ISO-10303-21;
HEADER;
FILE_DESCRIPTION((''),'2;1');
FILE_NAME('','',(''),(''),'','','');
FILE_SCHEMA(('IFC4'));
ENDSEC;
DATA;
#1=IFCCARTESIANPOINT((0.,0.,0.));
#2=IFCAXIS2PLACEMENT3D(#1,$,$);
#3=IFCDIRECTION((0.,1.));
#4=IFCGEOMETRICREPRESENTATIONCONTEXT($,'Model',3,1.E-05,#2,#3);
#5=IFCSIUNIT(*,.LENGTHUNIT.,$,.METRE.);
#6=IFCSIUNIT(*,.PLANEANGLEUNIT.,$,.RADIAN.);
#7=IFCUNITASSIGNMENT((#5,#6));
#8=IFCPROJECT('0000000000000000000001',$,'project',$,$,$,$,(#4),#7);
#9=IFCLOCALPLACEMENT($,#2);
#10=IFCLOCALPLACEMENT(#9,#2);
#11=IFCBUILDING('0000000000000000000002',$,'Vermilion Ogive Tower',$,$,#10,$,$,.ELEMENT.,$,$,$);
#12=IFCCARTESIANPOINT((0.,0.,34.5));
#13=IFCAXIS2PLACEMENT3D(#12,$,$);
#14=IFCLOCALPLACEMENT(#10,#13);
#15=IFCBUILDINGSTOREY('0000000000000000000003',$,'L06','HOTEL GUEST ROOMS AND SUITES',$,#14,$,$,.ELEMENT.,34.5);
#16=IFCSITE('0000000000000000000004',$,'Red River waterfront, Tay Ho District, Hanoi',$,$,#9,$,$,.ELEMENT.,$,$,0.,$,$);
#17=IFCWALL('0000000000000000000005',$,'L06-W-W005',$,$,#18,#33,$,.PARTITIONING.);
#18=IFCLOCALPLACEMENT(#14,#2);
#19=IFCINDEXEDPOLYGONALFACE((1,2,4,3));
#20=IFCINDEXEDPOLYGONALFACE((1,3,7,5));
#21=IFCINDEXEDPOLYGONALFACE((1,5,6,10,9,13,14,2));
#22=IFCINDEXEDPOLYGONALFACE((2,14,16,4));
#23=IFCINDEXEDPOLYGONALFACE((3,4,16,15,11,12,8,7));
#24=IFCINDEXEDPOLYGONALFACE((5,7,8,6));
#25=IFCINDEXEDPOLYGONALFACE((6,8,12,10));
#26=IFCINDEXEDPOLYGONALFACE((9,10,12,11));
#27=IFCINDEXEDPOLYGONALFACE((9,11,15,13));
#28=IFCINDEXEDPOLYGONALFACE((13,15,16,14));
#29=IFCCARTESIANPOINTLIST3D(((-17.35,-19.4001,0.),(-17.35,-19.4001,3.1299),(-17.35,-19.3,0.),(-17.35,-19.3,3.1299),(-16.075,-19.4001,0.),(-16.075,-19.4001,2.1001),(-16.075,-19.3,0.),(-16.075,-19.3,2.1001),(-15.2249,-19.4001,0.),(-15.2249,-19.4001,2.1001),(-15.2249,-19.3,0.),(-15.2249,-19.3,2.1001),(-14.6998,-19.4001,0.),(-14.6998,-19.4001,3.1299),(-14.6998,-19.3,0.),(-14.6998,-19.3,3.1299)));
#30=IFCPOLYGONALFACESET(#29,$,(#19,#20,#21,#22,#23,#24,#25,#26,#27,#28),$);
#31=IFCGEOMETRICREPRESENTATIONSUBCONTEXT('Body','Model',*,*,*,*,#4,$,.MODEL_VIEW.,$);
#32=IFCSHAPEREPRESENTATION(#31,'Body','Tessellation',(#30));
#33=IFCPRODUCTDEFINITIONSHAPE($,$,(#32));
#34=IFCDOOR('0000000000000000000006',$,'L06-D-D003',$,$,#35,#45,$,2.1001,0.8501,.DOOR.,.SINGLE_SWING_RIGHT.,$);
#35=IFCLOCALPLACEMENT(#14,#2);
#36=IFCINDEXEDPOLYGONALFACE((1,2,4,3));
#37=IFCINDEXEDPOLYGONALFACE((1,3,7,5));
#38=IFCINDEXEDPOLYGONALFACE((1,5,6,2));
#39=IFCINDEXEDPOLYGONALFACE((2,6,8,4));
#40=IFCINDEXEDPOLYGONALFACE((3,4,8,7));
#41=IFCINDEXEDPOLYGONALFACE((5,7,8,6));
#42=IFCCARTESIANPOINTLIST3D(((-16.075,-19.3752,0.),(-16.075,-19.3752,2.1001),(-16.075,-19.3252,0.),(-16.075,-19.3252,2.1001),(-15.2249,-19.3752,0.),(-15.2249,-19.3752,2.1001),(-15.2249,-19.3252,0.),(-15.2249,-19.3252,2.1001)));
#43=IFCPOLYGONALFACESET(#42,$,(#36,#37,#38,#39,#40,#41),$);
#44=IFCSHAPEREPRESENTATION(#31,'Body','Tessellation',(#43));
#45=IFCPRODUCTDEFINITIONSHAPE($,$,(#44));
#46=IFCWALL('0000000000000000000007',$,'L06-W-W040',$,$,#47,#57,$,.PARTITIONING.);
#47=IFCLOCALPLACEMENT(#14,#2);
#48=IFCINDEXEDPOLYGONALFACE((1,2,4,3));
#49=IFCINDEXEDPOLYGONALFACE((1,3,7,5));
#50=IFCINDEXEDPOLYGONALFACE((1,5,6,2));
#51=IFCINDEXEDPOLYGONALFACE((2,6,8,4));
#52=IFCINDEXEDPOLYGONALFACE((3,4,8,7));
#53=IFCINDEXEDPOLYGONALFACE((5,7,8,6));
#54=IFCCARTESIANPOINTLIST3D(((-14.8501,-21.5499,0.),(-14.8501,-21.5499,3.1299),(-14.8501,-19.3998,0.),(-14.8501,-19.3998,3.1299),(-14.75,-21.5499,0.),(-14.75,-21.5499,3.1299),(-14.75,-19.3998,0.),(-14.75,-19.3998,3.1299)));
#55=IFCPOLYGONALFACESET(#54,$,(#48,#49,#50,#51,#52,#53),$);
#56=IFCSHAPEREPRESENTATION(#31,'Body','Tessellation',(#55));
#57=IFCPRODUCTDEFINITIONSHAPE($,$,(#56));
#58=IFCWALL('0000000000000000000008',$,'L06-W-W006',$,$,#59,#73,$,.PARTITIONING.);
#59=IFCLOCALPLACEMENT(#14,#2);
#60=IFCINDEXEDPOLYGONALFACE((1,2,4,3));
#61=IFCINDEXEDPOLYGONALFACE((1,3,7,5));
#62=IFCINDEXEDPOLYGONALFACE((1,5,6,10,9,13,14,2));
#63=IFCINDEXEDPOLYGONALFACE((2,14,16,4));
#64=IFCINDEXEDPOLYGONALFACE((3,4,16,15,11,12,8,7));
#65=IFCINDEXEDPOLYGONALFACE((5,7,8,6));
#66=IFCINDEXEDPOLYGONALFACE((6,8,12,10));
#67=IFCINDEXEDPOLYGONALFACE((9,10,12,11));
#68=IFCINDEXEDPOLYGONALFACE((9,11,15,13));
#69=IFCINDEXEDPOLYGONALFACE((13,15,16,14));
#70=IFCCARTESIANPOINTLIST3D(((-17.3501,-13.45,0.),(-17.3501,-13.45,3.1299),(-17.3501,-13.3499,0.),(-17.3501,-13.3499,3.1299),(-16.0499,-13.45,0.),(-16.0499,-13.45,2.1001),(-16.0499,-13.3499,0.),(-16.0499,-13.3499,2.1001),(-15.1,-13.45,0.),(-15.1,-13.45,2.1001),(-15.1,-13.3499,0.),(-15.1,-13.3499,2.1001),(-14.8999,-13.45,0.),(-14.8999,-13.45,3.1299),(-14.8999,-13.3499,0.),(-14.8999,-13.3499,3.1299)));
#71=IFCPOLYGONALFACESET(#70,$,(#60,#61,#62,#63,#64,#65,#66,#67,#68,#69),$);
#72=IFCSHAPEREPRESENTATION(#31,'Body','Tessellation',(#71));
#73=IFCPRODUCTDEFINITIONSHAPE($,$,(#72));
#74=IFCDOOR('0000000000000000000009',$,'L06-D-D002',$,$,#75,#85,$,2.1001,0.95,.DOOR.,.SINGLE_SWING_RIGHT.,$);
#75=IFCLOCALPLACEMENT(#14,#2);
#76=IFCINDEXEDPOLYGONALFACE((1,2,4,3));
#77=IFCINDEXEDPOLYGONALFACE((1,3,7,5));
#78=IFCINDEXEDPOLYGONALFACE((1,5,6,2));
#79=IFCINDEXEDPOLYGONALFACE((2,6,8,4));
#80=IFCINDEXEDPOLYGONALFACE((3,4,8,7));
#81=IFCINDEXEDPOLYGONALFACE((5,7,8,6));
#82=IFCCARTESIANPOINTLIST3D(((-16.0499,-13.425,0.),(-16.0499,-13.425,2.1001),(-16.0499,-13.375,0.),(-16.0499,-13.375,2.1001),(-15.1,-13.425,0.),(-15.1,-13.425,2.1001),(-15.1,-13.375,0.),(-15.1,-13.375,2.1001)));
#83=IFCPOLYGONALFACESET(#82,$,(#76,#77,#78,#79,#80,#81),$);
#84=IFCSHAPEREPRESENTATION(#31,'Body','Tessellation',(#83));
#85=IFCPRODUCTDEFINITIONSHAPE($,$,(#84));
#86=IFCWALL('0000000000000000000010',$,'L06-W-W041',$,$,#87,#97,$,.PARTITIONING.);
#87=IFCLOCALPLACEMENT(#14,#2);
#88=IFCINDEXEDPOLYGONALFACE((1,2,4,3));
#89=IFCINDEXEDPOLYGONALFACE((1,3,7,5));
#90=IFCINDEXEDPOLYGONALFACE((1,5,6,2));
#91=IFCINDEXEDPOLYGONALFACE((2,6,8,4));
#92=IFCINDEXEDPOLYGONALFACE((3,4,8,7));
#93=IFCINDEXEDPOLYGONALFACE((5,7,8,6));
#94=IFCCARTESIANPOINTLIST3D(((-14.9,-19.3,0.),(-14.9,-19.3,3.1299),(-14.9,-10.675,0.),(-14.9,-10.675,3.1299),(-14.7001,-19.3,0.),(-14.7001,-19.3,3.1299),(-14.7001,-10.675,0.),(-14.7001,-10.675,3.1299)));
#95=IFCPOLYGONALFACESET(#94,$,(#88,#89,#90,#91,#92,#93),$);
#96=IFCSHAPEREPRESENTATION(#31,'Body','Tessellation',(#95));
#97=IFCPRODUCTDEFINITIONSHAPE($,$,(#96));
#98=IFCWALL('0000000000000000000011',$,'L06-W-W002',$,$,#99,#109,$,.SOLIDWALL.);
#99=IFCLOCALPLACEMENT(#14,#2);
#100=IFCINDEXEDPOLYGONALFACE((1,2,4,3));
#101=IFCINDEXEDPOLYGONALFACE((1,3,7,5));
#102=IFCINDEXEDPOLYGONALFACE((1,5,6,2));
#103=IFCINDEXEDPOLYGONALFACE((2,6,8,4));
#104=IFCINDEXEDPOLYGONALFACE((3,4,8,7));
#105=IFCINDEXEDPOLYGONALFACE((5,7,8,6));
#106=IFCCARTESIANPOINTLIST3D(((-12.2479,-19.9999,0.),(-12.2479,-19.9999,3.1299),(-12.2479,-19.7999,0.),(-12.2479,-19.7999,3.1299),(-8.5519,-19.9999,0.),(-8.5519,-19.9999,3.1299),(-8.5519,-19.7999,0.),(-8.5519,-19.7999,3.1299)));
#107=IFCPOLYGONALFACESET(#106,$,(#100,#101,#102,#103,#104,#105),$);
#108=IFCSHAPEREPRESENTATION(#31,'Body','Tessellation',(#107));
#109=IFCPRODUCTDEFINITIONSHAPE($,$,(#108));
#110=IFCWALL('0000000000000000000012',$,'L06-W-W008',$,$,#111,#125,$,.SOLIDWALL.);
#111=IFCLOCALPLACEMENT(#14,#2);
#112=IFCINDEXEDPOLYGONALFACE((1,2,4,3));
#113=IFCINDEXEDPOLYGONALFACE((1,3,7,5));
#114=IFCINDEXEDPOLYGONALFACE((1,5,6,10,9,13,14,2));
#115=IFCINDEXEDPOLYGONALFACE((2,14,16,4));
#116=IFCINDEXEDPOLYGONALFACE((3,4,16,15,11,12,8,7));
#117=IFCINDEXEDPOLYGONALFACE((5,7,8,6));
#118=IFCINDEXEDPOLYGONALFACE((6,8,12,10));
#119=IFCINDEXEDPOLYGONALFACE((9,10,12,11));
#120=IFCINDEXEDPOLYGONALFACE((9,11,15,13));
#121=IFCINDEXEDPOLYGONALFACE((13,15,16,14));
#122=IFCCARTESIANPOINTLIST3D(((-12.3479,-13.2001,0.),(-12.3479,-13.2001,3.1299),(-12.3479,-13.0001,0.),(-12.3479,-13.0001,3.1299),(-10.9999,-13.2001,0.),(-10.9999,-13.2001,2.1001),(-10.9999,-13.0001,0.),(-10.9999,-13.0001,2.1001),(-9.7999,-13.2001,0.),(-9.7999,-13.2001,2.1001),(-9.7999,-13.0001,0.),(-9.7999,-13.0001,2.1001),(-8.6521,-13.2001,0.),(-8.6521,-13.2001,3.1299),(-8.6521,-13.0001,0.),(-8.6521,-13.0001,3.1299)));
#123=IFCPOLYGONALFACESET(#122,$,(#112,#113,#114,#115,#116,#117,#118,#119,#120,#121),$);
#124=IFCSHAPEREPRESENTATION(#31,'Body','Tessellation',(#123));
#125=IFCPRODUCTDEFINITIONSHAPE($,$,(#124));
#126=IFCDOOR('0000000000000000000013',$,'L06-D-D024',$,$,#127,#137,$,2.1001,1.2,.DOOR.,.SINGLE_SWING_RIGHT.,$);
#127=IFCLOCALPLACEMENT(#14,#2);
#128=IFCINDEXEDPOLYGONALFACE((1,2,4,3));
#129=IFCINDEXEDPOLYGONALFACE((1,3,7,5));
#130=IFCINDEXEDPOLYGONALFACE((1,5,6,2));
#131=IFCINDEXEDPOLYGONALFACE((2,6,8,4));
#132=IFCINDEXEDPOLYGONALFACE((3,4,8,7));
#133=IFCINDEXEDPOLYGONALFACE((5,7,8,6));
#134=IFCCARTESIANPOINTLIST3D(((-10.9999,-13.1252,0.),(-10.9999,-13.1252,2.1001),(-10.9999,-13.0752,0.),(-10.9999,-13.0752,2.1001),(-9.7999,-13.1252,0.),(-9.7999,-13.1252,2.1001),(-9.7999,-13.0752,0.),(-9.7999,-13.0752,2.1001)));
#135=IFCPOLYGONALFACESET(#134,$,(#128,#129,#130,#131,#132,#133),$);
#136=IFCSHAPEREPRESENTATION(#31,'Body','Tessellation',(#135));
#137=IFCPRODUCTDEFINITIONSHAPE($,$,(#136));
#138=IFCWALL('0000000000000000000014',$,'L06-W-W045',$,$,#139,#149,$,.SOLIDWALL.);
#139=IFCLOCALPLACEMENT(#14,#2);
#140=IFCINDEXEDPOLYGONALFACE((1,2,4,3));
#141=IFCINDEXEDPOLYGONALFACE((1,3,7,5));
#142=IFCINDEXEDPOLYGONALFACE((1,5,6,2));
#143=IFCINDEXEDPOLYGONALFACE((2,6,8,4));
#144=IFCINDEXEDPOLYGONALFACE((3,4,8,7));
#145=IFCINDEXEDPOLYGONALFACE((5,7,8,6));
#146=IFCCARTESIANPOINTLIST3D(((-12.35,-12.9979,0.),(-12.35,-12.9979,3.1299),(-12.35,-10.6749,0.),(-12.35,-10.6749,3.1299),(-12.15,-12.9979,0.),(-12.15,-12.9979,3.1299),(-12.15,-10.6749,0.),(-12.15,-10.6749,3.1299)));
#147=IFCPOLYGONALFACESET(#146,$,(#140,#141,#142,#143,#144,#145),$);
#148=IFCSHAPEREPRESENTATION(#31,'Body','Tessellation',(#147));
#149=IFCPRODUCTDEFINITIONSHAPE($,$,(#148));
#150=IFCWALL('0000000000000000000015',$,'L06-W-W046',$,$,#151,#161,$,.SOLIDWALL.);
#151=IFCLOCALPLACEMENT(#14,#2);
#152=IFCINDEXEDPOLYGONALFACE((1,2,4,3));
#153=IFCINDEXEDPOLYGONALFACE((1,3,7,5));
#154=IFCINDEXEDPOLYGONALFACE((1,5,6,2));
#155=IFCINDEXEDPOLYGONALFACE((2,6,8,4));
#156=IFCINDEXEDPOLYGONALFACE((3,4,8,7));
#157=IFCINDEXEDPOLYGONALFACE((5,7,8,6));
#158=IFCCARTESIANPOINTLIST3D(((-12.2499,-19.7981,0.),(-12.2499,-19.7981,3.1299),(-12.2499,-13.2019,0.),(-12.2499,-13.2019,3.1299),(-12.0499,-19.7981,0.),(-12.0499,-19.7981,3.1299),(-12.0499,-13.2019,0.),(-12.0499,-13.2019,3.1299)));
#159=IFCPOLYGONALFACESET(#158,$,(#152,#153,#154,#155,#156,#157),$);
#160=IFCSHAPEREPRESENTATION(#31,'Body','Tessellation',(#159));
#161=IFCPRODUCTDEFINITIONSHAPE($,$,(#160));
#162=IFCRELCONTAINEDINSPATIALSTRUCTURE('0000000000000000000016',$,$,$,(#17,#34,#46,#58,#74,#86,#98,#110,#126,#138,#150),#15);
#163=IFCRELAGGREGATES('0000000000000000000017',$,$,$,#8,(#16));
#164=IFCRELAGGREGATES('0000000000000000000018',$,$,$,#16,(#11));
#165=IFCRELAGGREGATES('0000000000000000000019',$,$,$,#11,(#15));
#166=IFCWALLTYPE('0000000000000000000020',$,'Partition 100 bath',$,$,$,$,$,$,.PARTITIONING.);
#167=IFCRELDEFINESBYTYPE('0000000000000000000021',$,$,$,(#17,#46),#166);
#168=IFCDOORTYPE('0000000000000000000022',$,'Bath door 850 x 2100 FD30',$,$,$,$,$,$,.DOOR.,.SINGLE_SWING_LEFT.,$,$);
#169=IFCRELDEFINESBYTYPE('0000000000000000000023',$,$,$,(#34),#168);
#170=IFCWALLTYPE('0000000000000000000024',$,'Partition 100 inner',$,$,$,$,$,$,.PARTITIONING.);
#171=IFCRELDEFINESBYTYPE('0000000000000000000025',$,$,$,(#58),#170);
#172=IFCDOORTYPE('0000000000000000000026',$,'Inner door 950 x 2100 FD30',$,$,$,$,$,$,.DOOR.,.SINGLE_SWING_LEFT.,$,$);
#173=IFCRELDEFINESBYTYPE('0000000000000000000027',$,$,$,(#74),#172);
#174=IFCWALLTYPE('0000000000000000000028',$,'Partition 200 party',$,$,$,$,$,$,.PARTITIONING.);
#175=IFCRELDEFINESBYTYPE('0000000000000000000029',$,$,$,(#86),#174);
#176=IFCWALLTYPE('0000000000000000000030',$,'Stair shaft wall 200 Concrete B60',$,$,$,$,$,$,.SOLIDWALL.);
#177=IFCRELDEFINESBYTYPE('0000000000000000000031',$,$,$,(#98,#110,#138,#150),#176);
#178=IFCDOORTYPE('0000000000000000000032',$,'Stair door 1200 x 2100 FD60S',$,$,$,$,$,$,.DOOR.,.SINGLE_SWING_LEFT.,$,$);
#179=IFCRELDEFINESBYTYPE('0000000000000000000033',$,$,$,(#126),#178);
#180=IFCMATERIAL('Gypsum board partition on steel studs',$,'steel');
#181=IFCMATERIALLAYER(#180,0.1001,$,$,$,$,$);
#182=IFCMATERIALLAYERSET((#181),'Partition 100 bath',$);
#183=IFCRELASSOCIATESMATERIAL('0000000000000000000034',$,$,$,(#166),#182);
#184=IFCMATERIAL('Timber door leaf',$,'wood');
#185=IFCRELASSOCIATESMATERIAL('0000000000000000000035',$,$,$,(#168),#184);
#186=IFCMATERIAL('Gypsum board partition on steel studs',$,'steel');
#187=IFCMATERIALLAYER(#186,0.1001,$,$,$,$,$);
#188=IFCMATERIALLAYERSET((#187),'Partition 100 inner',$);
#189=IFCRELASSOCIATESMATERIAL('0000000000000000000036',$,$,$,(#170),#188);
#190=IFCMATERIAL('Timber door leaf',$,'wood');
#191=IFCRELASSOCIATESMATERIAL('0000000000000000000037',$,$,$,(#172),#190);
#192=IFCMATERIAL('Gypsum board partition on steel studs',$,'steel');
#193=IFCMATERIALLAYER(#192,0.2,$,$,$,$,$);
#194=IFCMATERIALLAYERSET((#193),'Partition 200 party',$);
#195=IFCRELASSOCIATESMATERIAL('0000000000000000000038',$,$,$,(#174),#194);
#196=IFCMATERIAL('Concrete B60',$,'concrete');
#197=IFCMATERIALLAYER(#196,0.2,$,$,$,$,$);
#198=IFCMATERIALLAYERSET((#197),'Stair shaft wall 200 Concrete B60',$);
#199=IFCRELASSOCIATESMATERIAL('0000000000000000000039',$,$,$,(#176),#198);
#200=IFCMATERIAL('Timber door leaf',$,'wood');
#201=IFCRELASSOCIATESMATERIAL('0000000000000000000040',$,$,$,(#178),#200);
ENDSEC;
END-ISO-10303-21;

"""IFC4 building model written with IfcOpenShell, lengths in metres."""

from ifc_helpers import new_model, si_unit, direction, frame, frame_2d, origin, place, context, subcontext, project, spatial, rectangle, extrude, material, layer, layer_set, type_object, element, fill, save


model = new_model("IFC4")

# Units and contexts
model_context = context("Model", 3, precision=1e-05, world=origin(), true_north=direction((0.0, 1.0)))
body_context = subcontext(model_context, "Body", "Model", "MODEL_VIEW")
ifc_project = project(units=[si_unit("LENGTHUNIT", "METRE"), si_unit("PLANEANGLEUNIT", "RADIAN")], contexts=[model_context])

# Site, building, storey
site_placement = place(None, origin())
site = spatial("IfcSite", under=ifc_project, at=site_placement, Name="Red River waterfront, Tay Ho District, Hanoi", CompositionType="ELEMENT", RefElevation=0.0)
building_placement = place(site_placement, origin())
building = spatial("IfcBuilding", under=site, at=building_placement, Name="Vermilion Ogive Tower", CompositionType="ELEMENT")
storey_placement = place(building_placement, frame((0.0, 0.0, 34.5)))
storey = spatial("IfcBuildingStorey", under=building, at=storey_placement, Name="L06", Description="HOTEL GUEST ROOMS AND SUITES", CompositionType="ELEMENT", Elevation=34.5)

# Wall, opening, door
ifc_material_1 = material(Name="Gypsum board partition on steel studs", Category="steel")
ifc_layer_1 = layer(ifc_material_1, 0.1001)
ifc_layer_set_1 = layer_set([ifc_layer_1], Name="Partition 100 bath")
wall_type_1 = type_object("IfcWallType", Name="Partition 100 bath", PredefinedType="PARTITIONING", material=ifc_layer_set_1)
wall_1_placement = place(storey_placement, frame((-17.3501, -19.3501, 0.0), z_axis=(0.0, 0.0, 1.0), x_axis=(1.0, 0.0, 0.0)))
wall_1 = element("IfcWall", 1, at=wall_1_placement, inside=storey, type_object=wall_type_1, Name="L06-W-W005", PredefinedType="PARTITIONING", context=body_context, shape_type="SweptSolid", body=[
    extrude(rectangle(XDim=2.6501, YDim=0.1001, at=frame_2d((1.3252, 0.0))), origin(), (0.0, 0.0, 1.0), 3.1299),
])
opening_1_placement = place(wall_1_placement, frame((1.2751, 0.0, 0.0)))
opening_1 = element("IfcOpeningElement", 2, at=opening_1_placement, cuts=wall_1, PredefinedType="OPENING", context=body_context, shape_type="SweptSolid", body=[
    extrude(rectangle(XDim=0.8501, YDim=2.1001, at=frame_2d((0.425, 1.05))), frame((0.0, 0.0601, 0.0), z_axis=(0.0, -1.0, 0.0), x_axis=(1.0, 0.0, 0.0)), (0.0, 0.0, 1.0), 0.1201),
])
ifc_material_2 = material(Name="Timber door leaf", Category="wood")
door_type_1 = type_object("IfcDoorType", Name="Bath door 850 x 2100 FD30", OperationType="SINGLE_SWING_LEFT", PredefinedType="DOOR", material=ifc_material_2)
door_1_placement = place(opening_1_placement, origin())
door_1 = element("IfcDoor", 3, at=door_1_placement, inside=storey, type_object=door_type_1, Name="L06-D-D003", OperationType="SINGLE_SWING_RIGHT", OverallHeight=2.1001, OverallWidth=0.8501, PredefinedType="DOOR", context=body_context, shape_type="SweptSolid", body=[
    extrude(rectangle(XDim=0.8501, YDim=2.1001, at=frame_2d((0.425, 1.05))), frame((0.0, 0.0249, 0.0), z_axis=(0.0, -1.0, 0.0), x_axis=(1.0, 0.0, 0.0)), (0.0, 0.0, 1.0), 0.05),
])
fill(opening_1, door_1)

# Wall
wall_2_placement = place(storey_placement, frame((-14.8, -21.55, 0.0), z_axis=(0.0, 0.0, 1.0), x_axis=(0.0, 1.0, 0.0)))
element("IfcWall", 4, at=wall_2_placement, inside=storey, type_object=wall_type_1, Name="L06-W-W040", PredefinedType="PARTITIONING", context=body_context, shape_type="SweptSolid", body=[
    extrude(rectangle(XDim=2.1501, YDim=0.1001, at=frame_2d((1.0752, 0.0))), origin(), (0.0, 0.0, 1.0), 3.1299),
])

# Wall, opening, door
ifc_material_3 = material(Name="Gypsum board partition on steel studs", Category="steel")
ifc_layer_2 = layer(ifc_material_3, 0.1001)
ifc_layer_set_2 = layer_set([ifc_layer_2], Name="Partition 100 inner")
wall_type_2 = type_object("IfcWallType", Name="Partition 100 inner", PredefinedType="PARTITIONING", material=ifc_layer_set_2)
wall_3_placement = place(storey_placement, frame((-17.3501, -13.3999, 0.0), z_axis=(0.0, 0.0, 1.0), x_axis=(1.0, 0.0, 0.0)))
wall_3 = element("IfcWall", 5, at=wall_3_placement, inside=storey, type_object=wall_type_2, Name="L06-W-W006", PredefinedType="PARTITIONING", context=body_context, shape_type="SweptSolid", body=[
    extrude(rectangle(XDim=2.4502, YDim=0.1001, at=frame_2d((1.2251, 0.0))), origin(), (0.0, 0.0, 1.0), 3.1299),
])
opening_2_placement = place(wall_3_placement, frame((1.3, 0.0, 0.0)))
opening_2 = element("IfcOpeningElement", 6, at=opening_2_placement, cuts=wall_3, PredefinedType="OPENING", context=body_context, shape_type="SweptSolid", body=[
    extrude(rectangle(XDim=0.95, YDim=2.1001, at=frame_2d((0.4751, 1.05))), frame((0.0, 0.0601, 0.0), z_axis=(0.0, -1.0, 0.0), x_axis=(1.0, 0.0, 0.0)), (0.0, 0.0, 1.0), 0.1201),
])
ifc_material_4 = material(Name="Timber door leaf", Category="wood")
door_type_2 = type_object("IfcDoorType", Name="Inner door 950 x 2100 FD30", OperationType="SINGLE_SWING_LEFT", PredefinedType="DOOR", material=ifc_material_4)
door_2_placement = place(opening_2_placement, origin())
door_2 = element("IfcDoor", 7, at=door_2_placement, inside=storey, type_object=door_type_2, Name="L06-D-D002", OperationType="SINGLE_SWING_RIGHT", OverallHeight=2.1001, OverallWidth=0.95, PredefinedType="DOOR", context=body_context, shape_type="SweptSolid", body=[
    extrude(rectangle(XDim=0.95, YDim=2.1001, at=frame_2d((0.4751, 1.05))), frame((0.0, 0.0249, 0.0), z_axis=(0.0, -1.0, 0.0), x_axis=(1.0, 0.0, 0.0)), (0.0, 0.0, 1.0), 0.05),
])
fill(opening_2, door_2)

# Walls
ifc_material_5 = material(Name="Gypsum board partition on steel studs", Category="steel")
ifc_layer_3 = layer(ifc_material_5, 0.2)
ifc_layer_set_3 = layer_set([ifc_layer_3], Name="Partition 200 party")
wall_type_3 = type_object("IfcWallType", Name="Partition 200 party", PredefinedType="PARTITIONING", material=ifc_layer_set_3)
wall_4_placement = place(storey_placement, frame((-14.8, -19.3, 0.0), z_axis=(0.0, 0.0, 1.0), x_axis=(0.0, 1.0, 0.0)))
element("IfcWall", 8, at=wall_4_placement, inside=storey, type_object=wall_type_3, Name="L06-W-W041", PredefinedType="PARTITIONING", context=body_context, shape_type="SweptSolid", body=[
    extrude(rectangle(XDim=8.625, YDim=0.2, at=frame_2d((4.3125, 0.0))), origin(), (0.0, 0.0, 1.0), 3.1299),
])
ifc_material_6 = material(Name="Concrete B60", Category="concrete")
ifc_layer_4 = layer(ifc_material_6, 0.2)
ifc_layer_set_4 = layer_set([ifc_layer_4], Name="Stair shaft wall 200 Concrete B60")
wall_type_4 = type_object("IfcWallType", Name="Stair shaft wall 200 Concrete B60", PredefinedType="SOLIDWALL", material=ifc_layer_set_4)
wall_5_placement = place(storey_placement, frame((-12.248, -19.8999, 0.0), z_axis=(0.0, 0.0, 1.0), x_axis=(1.0, 0.0, 0.0)))
element("IfcWall", 9, at=wall_5_placement, inside=storey, type_object=wall_type_4, Name="L06-W-W002", PredefinedType="SOLIDWALL", context=body_context, shape_type="SweptSolid", body=[
    extrude(rectangle(XDim=3.696, YDim=0.2, at=frame_2d((1.8481, 0.0))), origin(), (0.0, 0.0, 1.0), 3.1299),
])

# Wall, opening, door
wall_6_placement = place(storey_placement, frame((-12.3479, -13.1001, 0.0), z_axis=(0.0, 0.0, 1.0), x_axis=(1.0, 0.0, 0.0)))
wall_6 = element("IfcWall", 10, at=wall_6_placement, inside=storey, type_object=wall_type_4, Name="L06-W-W008", PredefinedType="SOLIDWALL", context=body_context, shape_type="SweptSolid", body=[
    extrude(rectangle(XDim=3.6958, YDim=0.2, at=frame_2d((1.8479, 0.0))), origin(), (0.0, 0.0, 1.0), 3.1299),
])
opening_3_placement = place(wall_6_placement, frame((1.3479, 0.0, 0.0)))
opening_3 = element("IfcOpeningElement", 11, at=opening_3_placement, cuts=wall_6, PredefinedType="OPENING", context=body_context, shape_type="SweptSolid", body=[
    extrude(rectangle(XDim=1.2, YDim=2.1001, at=frame_2d((0.6001, 1.05))), frame((0.0, 0.1099, 0.0), z_axis=(0.0, -1.0, 0.0), x_axis=(1.0, 0.0, 0.0)), (0.0, 0.0, 1.0), 0.22),
])
ifc_material_7 = material(Name="Timber door leaf", Category="wood")
door_type_3 = type_object("IfcDoorType", Name="Stair door 1200 x 2100 FD60S", OperationType="SINGLE_SWING_LEFT", PredefinedType="DOOR", material=ifc_material_7)
door_3_placement = place(opening_3_placement, origin())
door_3 = element("IfcDoor", 12, at=door_3_placement, inside=storey, type_object=door_type_3, Name="L06-D-D024", OperationType="SINGLE_SWING_RIGHT", OverallHeight=2.1001, OverallWidth=1.2, PredefinedType="DOOR", context=body_context, shape_type="SweptSolid", body=[
    extrude(rectangle(XDim=1.2, YDim=2.1001, at=frame_2d((0.6001, 1.05))), frame((0.0, 0.0249, 0.0), z_axis=(0.0, -1.0, 0.0), x_axis=(1.0, 0.0, 0.0)), (0.0, 0.0, 1.0), 0.05),
])
fill(opening_3, door_3)

# Walls
wall_7_placement = place(storey_placement, frame((-12.25, -12.998, 0.0), z_axis=(0.0, 0.0, 1.0), x_axis=(0.0, 1.0, 0.0)))
element("IfcWall", 13, at=wall_7_placement, inside=storey, type_object=wall_type_4, Name="L06-W-W045", PredefinedType="SOLIDWALL", context=body_context, shape_type="SweptSolid", body=[
    extrude(rectangle(XDim=2.323, YDim=0.2, at=frame_2d((1.1616, 0.0))), origin(), (0.0, 0.0, 1.0), 3.1299),
])
wall_8_placement = place(storey_placement, frame((-12.1499, -19.7981, 0.0), z_axis=(0.0, 0.0, 1.0), x_axis=(0.0, 1.0, 0.0)))
element("IfcWall", 14, at=wall_8_placement, inside=storey, type_object=wall_type_4, Name="L06-W-W046", PredefinedType="SOLIDWALL", context=body_context, shape_type="SweptSolid", body=[
    extrude(rectangle(XDim=6.5962, YDim=0.2, at=frame_2d((3.2981, 0.0))), origin(), (0.0, 0.0, 1.0), 3.1299),
])

save(model, "model.ifc")
